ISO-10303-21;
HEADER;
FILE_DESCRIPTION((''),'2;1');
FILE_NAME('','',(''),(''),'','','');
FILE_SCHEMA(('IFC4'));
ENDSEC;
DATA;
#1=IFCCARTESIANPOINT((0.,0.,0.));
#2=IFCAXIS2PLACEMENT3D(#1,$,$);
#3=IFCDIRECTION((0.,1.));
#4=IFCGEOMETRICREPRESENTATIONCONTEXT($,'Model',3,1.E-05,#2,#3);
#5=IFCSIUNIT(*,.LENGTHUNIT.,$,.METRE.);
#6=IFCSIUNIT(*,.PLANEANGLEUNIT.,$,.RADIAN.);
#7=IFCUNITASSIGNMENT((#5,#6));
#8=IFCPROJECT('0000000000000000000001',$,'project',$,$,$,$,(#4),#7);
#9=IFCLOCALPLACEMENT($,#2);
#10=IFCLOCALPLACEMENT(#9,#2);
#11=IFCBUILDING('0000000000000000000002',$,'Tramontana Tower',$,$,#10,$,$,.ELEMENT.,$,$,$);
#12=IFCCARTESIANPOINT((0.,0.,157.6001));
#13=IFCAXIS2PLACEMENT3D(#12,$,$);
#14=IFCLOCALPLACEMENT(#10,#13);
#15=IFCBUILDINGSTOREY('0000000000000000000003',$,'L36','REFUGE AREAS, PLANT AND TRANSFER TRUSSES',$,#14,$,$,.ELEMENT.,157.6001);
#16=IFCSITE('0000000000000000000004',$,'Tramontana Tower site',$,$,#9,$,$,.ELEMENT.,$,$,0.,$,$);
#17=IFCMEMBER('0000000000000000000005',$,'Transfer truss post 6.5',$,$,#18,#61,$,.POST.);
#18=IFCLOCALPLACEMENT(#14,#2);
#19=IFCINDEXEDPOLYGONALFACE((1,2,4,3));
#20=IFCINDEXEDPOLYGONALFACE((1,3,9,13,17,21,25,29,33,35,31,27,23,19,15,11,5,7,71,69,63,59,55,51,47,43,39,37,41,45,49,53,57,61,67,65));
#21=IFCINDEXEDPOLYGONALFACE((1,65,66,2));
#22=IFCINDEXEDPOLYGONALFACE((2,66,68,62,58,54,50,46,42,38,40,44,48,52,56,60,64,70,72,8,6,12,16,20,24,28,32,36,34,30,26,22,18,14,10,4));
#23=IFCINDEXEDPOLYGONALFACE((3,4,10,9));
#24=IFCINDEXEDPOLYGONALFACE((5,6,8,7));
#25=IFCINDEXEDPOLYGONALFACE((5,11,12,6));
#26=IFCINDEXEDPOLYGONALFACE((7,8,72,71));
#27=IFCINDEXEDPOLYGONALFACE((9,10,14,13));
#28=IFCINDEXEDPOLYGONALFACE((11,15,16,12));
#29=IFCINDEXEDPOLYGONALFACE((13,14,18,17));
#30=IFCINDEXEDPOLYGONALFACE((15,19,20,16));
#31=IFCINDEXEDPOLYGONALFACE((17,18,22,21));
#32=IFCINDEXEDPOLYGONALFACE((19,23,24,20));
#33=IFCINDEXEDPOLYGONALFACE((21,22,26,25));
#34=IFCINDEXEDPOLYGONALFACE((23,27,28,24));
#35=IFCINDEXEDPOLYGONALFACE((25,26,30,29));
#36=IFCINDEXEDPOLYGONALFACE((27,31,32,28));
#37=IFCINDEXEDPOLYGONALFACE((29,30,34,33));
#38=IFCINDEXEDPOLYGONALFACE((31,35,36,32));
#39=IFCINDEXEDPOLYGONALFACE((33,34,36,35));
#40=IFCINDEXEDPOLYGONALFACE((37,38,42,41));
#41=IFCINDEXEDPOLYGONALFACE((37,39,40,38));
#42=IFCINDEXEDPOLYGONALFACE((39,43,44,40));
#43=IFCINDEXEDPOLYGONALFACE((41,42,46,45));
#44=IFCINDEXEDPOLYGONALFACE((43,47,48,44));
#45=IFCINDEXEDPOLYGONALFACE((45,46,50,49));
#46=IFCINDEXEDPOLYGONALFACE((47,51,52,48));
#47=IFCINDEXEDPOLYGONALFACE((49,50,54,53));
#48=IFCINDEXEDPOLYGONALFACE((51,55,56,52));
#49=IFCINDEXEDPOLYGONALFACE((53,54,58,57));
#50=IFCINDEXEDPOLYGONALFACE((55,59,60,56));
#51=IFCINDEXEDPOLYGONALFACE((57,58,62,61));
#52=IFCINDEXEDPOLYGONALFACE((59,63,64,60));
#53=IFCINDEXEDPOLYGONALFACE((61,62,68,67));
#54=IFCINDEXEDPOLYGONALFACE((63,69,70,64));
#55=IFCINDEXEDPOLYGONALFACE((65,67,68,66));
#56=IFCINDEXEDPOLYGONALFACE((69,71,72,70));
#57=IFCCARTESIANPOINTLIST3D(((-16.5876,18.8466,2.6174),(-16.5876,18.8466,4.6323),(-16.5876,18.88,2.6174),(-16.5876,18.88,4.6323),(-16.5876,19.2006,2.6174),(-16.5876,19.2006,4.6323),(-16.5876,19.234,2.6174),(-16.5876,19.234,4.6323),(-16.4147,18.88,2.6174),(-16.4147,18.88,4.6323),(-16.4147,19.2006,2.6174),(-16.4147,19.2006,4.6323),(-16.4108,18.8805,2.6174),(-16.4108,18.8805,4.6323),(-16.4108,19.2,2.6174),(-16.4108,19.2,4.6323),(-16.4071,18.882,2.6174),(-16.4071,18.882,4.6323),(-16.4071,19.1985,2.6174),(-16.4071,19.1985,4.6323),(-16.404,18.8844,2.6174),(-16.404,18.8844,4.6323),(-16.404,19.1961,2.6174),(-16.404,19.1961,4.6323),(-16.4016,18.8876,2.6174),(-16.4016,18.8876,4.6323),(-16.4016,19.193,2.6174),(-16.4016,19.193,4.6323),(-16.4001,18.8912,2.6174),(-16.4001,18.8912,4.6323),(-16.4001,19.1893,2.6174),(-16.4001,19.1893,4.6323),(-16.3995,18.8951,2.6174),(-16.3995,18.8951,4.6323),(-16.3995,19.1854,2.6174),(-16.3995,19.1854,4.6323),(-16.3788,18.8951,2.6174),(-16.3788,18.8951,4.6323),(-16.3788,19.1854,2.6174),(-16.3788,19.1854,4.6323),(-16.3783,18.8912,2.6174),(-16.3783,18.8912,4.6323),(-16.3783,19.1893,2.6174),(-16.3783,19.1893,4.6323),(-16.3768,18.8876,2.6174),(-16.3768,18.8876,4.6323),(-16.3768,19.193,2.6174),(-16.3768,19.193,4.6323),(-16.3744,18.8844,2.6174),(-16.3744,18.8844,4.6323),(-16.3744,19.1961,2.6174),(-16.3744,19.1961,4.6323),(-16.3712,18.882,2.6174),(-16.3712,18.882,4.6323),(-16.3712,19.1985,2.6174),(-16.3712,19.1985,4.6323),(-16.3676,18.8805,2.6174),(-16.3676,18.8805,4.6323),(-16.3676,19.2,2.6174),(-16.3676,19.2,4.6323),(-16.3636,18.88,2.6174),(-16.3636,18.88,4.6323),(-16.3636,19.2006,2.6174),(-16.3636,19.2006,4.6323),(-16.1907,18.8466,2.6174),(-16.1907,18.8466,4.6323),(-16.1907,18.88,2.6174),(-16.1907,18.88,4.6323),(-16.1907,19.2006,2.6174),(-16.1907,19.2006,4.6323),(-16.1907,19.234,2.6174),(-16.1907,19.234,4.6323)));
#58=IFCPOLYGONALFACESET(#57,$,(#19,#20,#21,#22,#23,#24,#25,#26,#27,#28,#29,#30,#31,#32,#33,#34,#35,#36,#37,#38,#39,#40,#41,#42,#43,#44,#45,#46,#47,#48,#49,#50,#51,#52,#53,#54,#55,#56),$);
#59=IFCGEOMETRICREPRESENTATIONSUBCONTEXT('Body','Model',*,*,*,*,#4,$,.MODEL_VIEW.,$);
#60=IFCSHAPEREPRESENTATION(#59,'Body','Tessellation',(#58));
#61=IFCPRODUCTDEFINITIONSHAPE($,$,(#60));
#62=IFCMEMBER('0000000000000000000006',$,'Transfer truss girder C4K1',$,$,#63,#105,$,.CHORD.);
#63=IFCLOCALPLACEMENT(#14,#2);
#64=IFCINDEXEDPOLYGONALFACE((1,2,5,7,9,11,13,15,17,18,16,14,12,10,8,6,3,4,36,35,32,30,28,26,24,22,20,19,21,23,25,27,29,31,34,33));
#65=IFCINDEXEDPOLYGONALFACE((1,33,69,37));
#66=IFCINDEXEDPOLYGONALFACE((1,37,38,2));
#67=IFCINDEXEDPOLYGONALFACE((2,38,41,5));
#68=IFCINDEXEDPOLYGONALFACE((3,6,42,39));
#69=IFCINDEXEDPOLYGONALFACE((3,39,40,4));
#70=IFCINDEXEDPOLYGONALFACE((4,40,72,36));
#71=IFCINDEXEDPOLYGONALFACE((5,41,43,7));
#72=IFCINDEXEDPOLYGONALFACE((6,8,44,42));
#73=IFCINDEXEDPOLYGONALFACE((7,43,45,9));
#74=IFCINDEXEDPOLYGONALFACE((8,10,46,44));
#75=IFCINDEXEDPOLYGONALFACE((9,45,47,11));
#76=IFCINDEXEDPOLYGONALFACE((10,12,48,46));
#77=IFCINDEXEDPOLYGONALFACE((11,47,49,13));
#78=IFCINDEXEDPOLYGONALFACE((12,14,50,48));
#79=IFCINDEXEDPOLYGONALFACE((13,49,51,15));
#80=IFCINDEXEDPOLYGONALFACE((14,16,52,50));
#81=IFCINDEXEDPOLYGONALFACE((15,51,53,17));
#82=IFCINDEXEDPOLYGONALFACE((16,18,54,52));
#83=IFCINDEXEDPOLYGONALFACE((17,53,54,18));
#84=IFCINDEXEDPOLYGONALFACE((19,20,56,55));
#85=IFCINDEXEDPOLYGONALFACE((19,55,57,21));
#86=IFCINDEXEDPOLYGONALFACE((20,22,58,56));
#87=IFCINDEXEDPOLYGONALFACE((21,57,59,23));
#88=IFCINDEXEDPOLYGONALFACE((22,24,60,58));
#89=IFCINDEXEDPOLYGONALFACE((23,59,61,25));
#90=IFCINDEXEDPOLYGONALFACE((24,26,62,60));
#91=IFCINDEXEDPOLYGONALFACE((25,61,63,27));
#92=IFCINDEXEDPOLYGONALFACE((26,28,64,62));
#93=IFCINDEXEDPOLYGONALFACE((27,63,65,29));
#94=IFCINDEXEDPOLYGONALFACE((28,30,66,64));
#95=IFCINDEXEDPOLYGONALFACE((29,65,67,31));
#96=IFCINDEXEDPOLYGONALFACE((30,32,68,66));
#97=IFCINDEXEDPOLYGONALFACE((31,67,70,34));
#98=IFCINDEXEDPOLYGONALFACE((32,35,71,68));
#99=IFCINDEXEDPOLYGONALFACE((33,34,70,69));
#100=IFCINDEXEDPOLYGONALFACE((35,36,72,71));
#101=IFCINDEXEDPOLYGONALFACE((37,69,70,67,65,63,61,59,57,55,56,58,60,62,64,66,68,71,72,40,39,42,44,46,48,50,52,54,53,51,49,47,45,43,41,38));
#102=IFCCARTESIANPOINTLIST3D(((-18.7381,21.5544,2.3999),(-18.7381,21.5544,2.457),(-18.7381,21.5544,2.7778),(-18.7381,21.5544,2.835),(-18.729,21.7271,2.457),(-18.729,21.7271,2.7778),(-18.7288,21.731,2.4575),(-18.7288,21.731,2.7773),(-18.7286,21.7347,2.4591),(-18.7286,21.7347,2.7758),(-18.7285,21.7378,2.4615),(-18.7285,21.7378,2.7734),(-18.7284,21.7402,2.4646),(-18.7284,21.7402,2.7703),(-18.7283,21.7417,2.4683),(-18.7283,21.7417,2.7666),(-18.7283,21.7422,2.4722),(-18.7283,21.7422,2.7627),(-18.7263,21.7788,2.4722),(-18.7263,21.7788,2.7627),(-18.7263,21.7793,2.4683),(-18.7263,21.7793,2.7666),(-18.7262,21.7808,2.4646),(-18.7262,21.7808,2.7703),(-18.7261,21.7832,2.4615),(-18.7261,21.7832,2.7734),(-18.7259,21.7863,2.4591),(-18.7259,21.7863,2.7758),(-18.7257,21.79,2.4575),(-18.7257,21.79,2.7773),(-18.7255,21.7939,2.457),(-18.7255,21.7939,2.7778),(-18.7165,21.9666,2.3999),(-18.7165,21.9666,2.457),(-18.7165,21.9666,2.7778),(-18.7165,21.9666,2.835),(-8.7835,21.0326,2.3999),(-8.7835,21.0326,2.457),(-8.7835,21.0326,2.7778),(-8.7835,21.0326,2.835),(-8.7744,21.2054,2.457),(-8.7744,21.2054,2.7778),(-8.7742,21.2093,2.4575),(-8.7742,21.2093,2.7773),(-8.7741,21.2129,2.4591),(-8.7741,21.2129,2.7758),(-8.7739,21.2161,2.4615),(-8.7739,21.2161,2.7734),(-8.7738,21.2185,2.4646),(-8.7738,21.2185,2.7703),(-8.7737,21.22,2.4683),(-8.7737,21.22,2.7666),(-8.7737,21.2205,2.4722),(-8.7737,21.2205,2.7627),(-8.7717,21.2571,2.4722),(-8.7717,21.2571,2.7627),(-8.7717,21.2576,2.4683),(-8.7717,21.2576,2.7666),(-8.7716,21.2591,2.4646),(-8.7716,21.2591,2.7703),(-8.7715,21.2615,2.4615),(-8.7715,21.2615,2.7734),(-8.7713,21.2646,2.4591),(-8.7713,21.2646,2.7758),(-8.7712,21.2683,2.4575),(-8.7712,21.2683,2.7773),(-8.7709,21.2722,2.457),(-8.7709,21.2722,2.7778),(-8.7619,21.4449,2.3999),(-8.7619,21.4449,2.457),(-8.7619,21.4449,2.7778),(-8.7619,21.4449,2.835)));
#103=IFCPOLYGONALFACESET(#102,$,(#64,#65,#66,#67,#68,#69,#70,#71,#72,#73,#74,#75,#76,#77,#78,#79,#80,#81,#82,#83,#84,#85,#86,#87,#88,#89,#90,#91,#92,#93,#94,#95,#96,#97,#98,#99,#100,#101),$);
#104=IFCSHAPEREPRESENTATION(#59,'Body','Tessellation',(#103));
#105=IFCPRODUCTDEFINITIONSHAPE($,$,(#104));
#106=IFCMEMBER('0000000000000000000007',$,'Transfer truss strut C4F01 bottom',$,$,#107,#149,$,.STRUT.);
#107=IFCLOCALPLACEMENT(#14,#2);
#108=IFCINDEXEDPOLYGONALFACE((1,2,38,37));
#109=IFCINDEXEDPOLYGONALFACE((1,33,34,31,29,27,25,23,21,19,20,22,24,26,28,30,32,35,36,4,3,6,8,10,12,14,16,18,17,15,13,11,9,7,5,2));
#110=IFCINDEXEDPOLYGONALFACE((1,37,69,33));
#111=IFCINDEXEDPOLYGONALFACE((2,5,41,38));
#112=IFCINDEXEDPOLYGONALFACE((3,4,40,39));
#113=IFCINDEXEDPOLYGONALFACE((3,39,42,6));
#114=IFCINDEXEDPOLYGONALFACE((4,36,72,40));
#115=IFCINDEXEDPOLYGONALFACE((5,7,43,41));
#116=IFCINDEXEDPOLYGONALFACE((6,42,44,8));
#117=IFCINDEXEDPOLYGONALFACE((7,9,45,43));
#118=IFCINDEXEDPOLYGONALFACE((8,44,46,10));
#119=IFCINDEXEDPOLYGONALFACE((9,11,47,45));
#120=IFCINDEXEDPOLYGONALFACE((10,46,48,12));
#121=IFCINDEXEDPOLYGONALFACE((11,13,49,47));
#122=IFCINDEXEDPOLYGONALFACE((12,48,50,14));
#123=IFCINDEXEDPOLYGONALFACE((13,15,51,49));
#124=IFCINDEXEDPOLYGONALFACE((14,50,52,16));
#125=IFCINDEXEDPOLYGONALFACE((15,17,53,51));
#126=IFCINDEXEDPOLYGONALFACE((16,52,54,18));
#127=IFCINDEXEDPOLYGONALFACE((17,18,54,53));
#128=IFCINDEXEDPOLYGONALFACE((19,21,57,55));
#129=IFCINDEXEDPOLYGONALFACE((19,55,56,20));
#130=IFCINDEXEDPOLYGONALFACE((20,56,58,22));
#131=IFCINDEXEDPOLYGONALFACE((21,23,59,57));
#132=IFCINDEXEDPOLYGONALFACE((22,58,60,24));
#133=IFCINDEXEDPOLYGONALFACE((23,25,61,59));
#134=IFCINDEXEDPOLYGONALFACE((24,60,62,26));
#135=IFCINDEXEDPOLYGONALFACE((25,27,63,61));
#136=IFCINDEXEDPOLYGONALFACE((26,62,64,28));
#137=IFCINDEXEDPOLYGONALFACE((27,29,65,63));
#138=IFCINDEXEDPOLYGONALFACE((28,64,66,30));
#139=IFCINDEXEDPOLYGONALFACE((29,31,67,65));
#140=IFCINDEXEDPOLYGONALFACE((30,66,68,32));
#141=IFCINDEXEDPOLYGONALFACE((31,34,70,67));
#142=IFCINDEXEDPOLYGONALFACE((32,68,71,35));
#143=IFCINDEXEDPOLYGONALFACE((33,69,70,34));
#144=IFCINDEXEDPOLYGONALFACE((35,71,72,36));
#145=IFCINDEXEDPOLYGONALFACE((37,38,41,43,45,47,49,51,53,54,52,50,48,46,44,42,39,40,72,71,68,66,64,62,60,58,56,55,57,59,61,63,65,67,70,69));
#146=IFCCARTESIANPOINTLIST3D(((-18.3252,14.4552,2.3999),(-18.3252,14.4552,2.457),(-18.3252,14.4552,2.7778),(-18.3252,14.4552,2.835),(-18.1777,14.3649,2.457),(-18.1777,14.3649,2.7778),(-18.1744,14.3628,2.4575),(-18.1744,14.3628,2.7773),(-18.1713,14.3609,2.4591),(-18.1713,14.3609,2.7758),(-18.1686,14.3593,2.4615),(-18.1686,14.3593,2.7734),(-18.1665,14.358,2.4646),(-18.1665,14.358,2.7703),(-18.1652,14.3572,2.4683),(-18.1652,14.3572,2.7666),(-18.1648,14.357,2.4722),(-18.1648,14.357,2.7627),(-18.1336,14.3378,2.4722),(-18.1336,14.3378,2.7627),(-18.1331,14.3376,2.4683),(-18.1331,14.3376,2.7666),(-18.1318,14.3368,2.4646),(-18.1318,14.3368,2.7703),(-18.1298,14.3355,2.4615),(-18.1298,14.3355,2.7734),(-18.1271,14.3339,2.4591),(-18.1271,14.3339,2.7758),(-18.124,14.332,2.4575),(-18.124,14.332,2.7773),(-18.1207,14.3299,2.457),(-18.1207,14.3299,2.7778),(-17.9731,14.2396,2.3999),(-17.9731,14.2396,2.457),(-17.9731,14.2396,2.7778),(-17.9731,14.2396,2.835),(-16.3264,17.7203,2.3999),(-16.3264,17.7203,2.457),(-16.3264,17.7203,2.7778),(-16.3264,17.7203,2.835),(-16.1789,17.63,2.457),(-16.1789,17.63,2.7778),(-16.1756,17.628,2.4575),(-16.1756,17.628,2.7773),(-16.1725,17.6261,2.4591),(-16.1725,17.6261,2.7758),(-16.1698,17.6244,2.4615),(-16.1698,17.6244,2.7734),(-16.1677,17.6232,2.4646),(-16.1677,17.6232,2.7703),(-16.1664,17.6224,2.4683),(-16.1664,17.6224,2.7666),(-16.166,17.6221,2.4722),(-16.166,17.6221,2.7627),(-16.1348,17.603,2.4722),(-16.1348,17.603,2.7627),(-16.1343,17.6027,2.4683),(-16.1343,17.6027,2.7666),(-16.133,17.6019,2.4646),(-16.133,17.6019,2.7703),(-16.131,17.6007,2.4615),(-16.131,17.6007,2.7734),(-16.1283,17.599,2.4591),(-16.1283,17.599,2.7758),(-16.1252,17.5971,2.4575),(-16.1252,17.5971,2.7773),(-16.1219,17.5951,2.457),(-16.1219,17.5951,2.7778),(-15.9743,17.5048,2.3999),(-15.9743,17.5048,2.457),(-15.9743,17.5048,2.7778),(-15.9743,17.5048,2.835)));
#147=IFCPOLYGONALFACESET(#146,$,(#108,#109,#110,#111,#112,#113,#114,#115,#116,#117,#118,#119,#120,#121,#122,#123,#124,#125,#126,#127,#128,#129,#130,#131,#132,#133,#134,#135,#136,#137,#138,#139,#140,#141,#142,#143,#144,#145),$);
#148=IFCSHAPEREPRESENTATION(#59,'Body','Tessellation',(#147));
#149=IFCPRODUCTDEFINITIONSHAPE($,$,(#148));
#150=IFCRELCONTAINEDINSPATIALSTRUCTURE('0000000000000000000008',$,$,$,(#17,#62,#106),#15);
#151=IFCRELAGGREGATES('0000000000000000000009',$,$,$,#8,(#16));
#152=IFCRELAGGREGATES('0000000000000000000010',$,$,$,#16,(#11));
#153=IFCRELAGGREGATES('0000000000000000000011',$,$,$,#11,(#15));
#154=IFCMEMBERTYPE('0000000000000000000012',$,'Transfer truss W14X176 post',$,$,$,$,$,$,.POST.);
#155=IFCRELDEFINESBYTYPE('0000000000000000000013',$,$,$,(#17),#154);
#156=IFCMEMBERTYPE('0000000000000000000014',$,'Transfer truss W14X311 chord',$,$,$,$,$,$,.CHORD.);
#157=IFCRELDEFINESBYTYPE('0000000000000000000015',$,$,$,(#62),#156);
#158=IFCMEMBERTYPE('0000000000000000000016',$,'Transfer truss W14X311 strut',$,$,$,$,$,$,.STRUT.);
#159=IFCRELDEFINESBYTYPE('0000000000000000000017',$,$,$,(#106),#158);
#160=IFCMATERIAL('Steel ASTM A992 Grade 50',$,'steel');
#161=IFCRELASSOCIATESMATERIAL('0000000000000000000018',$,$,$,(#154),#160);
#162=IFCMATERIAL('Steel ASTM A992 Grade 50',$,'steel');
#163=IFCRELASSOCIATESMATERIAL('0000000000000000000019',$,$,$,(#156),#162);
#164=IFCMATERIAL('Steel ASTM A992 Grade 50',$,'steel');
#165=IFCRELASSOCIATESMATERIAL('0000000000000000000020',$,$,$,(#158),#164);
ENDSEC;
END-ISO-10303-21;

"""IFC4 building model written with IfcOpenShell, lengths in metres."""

from ifc_helpers import new_model, si_unit, direction, frame, origin, origin_2d, place, context, subcontext, project, spatial, i_section, extrude, material, material_profile, profile_set, type_object, element, save


model = new_model("IFC4")

# Units and contexts
model_context = context("Model", 3, precision=1e-05, world=origin(), true_north=direction((0.0, 1.0)))
body_context = subcontext(model_context, "Body", "Model", "MODEL_VIEW")
ifc_project = project(units=[si_unit("LENGTHUNIT", "METRE"), si_unit("PLANEANGLEUNIT", "RADIAN")], contexts=[model_context])

# Site, building, storey
site_placement = place(None, origin())
site = spatial("IfcSite", under=ifc_project, at=site_placement, Name="Tramontana Tower site", CompositionType="ELEMENT", RefElevation=0.0)
building_placement = place(site_placement, origin())
building = spatial("IfcBuilding", under=site, at=building_placement, Name="Tramontana Tower", CompositionType="ELEMENT")
storey_placement = place(building_placement, frame((0.0, 0.0, 157.6001)))
storey = spatial("IfcBuildingStorey", under=building, at=storey_placement, Name="L36", Description="REFUGE AREAS, PLANT AND TRANSFER TRUSSES", CompositionType="ELEMENT", Elevation=157.6001)

# Members
ifc_material_1 = material(Name="Steel ASTM A992 Grade 50", Category="steel")
ifc_material_profile_1 = material_profile(ifc_material_1, i_section(OverallWidth=0.397, OverallDepth=0.3875, WebThickness=0.0208, FlangeThickness=0.0334, FilletRadius=0.0151, at=origin_2d()), Name="W14X176")
ifc_profile_set_1 = profile_set([ifc_material_profile_1], Name="Steel ASTM A992 Grade 50")
member_type_1 = type_object("IfcMemberType", Name="Transfer truss W14X176 post", PredefinedType="POST", material=ifc_profile_set_1)
for number, where, z_axis, x_axis, name in (
    (1, (-16.3892, 19.0403, 2.6174), (0.0, 0.0, 1.0), (1.0, 0.0, 0.0), "Transfer truss post 6.5"),
):
    element("IfcMember", number, at=place(storey_placement, frame(where, z_axis=z_axis, x_axis=x_axis)), inside=storey, type_object=member_type_1, Name=name, PredefinedType="POST", context=body_context, shape_type="SweptSolid", body=[
        extrude(i_section(OverallWidth=0.397, OverallDepth=0.3875, WebThickness=0.0208, FlangeThickness=0.0334, FilletRadius=0.0151, at=origin_2d()), origin(), (0.0, 0.0, 1.0), 2.0149),
    ])
ifc_material_2 = material(Name="Steel ASTM A992 Grade 50", Category="steel")
ifc_material_profile_2 = material_profile(ifc_material_2, i_section(OverallWidth=0.4128, OverallDepth=0.4351, WebThickness=0.0366, FlangeThickness=0.0571, FilletRadius=0.0151, at=origin_2d()), Name="W14X311")
ifc_profile_set_2 = profile_set([ifc_material_profile_2], Name="Steel ASTM A992 Grade 50")
member_type_2 = type_object("IfcMemberType", Name="Transfer truss W14X311 chord", PredefinedType="CHORD", material=ifc_profile_set_2)
member_1_placement = place(storey_placement, frame((-18.7273, 21.7605, 2.6174), z_axis=(0.998629, -0.052339, 0.0), x_axis=(0.052339, 0.998629, 0.0)))
element("IfcMember", 2, at=member_1_placement, inside=storey, type_object=member_type_2, Name="Transfer truss girder C4K1", PredefinedType="CHORD", context=body_context, shape_type="SweptSolid", body=[
    extrude(i_section(OverallWidth=0.4128, OverallDepth=0.4351, WebThickness=0.0366, FlangeThickness=0.0571, FilletRadius=0.0151, at=origin_2d()), origin(), (0.0, 0.0, 1.0), 9.9683),
])
ifc_material_3 = material(Name="Steel ASTM A992 Grade 50", Category="steel")
ifc_material_profile_3 = material_profile(ifc_material_3, i_section(OverallWidth=0.4128, OverallDepth=0.4351, WebThickness=0.0366, FlangeThickness=0.0571, FilletRadius=0.0151, at=origin_2d()), Name="W14X311")
ifc_profile_set_3 = profile_set([ifc_material_profile_3], Name="Steel ASTM A992 Grade 50")
member_type_3 = type_object("IfcMemberType", Name="Transfer truss W14X311 strut", PredefinedType="STRUT", material=ifc_profile_set_3)
member_2_placement = place(storey_placement, frame((-16.1504, 17.6125, 2.6174), z_axis=(-0.5221, -0.852884, 0.0), x_axis=(0.852884, -0.5221, 0.0)))
element("IfcMember", 3, at=member_2_placement, inside=storey, type_object=member_type_3, Name="Transfer truss strut C4F01 bottom", PredefinedType="STRUT", context=body_context, shape_type="SweptSolid", body=[
    extrude(i_section(OverallWidth=0.4128, OverallDepth=0.4351, WebThickness=0.0366, FlangeThickness=0.0571, FilletRadius=0.0151, at=origin_2d()), origin(), (0.0, 0.0, 1.0), 3.8284),
])

save(model, "model.ifc")
